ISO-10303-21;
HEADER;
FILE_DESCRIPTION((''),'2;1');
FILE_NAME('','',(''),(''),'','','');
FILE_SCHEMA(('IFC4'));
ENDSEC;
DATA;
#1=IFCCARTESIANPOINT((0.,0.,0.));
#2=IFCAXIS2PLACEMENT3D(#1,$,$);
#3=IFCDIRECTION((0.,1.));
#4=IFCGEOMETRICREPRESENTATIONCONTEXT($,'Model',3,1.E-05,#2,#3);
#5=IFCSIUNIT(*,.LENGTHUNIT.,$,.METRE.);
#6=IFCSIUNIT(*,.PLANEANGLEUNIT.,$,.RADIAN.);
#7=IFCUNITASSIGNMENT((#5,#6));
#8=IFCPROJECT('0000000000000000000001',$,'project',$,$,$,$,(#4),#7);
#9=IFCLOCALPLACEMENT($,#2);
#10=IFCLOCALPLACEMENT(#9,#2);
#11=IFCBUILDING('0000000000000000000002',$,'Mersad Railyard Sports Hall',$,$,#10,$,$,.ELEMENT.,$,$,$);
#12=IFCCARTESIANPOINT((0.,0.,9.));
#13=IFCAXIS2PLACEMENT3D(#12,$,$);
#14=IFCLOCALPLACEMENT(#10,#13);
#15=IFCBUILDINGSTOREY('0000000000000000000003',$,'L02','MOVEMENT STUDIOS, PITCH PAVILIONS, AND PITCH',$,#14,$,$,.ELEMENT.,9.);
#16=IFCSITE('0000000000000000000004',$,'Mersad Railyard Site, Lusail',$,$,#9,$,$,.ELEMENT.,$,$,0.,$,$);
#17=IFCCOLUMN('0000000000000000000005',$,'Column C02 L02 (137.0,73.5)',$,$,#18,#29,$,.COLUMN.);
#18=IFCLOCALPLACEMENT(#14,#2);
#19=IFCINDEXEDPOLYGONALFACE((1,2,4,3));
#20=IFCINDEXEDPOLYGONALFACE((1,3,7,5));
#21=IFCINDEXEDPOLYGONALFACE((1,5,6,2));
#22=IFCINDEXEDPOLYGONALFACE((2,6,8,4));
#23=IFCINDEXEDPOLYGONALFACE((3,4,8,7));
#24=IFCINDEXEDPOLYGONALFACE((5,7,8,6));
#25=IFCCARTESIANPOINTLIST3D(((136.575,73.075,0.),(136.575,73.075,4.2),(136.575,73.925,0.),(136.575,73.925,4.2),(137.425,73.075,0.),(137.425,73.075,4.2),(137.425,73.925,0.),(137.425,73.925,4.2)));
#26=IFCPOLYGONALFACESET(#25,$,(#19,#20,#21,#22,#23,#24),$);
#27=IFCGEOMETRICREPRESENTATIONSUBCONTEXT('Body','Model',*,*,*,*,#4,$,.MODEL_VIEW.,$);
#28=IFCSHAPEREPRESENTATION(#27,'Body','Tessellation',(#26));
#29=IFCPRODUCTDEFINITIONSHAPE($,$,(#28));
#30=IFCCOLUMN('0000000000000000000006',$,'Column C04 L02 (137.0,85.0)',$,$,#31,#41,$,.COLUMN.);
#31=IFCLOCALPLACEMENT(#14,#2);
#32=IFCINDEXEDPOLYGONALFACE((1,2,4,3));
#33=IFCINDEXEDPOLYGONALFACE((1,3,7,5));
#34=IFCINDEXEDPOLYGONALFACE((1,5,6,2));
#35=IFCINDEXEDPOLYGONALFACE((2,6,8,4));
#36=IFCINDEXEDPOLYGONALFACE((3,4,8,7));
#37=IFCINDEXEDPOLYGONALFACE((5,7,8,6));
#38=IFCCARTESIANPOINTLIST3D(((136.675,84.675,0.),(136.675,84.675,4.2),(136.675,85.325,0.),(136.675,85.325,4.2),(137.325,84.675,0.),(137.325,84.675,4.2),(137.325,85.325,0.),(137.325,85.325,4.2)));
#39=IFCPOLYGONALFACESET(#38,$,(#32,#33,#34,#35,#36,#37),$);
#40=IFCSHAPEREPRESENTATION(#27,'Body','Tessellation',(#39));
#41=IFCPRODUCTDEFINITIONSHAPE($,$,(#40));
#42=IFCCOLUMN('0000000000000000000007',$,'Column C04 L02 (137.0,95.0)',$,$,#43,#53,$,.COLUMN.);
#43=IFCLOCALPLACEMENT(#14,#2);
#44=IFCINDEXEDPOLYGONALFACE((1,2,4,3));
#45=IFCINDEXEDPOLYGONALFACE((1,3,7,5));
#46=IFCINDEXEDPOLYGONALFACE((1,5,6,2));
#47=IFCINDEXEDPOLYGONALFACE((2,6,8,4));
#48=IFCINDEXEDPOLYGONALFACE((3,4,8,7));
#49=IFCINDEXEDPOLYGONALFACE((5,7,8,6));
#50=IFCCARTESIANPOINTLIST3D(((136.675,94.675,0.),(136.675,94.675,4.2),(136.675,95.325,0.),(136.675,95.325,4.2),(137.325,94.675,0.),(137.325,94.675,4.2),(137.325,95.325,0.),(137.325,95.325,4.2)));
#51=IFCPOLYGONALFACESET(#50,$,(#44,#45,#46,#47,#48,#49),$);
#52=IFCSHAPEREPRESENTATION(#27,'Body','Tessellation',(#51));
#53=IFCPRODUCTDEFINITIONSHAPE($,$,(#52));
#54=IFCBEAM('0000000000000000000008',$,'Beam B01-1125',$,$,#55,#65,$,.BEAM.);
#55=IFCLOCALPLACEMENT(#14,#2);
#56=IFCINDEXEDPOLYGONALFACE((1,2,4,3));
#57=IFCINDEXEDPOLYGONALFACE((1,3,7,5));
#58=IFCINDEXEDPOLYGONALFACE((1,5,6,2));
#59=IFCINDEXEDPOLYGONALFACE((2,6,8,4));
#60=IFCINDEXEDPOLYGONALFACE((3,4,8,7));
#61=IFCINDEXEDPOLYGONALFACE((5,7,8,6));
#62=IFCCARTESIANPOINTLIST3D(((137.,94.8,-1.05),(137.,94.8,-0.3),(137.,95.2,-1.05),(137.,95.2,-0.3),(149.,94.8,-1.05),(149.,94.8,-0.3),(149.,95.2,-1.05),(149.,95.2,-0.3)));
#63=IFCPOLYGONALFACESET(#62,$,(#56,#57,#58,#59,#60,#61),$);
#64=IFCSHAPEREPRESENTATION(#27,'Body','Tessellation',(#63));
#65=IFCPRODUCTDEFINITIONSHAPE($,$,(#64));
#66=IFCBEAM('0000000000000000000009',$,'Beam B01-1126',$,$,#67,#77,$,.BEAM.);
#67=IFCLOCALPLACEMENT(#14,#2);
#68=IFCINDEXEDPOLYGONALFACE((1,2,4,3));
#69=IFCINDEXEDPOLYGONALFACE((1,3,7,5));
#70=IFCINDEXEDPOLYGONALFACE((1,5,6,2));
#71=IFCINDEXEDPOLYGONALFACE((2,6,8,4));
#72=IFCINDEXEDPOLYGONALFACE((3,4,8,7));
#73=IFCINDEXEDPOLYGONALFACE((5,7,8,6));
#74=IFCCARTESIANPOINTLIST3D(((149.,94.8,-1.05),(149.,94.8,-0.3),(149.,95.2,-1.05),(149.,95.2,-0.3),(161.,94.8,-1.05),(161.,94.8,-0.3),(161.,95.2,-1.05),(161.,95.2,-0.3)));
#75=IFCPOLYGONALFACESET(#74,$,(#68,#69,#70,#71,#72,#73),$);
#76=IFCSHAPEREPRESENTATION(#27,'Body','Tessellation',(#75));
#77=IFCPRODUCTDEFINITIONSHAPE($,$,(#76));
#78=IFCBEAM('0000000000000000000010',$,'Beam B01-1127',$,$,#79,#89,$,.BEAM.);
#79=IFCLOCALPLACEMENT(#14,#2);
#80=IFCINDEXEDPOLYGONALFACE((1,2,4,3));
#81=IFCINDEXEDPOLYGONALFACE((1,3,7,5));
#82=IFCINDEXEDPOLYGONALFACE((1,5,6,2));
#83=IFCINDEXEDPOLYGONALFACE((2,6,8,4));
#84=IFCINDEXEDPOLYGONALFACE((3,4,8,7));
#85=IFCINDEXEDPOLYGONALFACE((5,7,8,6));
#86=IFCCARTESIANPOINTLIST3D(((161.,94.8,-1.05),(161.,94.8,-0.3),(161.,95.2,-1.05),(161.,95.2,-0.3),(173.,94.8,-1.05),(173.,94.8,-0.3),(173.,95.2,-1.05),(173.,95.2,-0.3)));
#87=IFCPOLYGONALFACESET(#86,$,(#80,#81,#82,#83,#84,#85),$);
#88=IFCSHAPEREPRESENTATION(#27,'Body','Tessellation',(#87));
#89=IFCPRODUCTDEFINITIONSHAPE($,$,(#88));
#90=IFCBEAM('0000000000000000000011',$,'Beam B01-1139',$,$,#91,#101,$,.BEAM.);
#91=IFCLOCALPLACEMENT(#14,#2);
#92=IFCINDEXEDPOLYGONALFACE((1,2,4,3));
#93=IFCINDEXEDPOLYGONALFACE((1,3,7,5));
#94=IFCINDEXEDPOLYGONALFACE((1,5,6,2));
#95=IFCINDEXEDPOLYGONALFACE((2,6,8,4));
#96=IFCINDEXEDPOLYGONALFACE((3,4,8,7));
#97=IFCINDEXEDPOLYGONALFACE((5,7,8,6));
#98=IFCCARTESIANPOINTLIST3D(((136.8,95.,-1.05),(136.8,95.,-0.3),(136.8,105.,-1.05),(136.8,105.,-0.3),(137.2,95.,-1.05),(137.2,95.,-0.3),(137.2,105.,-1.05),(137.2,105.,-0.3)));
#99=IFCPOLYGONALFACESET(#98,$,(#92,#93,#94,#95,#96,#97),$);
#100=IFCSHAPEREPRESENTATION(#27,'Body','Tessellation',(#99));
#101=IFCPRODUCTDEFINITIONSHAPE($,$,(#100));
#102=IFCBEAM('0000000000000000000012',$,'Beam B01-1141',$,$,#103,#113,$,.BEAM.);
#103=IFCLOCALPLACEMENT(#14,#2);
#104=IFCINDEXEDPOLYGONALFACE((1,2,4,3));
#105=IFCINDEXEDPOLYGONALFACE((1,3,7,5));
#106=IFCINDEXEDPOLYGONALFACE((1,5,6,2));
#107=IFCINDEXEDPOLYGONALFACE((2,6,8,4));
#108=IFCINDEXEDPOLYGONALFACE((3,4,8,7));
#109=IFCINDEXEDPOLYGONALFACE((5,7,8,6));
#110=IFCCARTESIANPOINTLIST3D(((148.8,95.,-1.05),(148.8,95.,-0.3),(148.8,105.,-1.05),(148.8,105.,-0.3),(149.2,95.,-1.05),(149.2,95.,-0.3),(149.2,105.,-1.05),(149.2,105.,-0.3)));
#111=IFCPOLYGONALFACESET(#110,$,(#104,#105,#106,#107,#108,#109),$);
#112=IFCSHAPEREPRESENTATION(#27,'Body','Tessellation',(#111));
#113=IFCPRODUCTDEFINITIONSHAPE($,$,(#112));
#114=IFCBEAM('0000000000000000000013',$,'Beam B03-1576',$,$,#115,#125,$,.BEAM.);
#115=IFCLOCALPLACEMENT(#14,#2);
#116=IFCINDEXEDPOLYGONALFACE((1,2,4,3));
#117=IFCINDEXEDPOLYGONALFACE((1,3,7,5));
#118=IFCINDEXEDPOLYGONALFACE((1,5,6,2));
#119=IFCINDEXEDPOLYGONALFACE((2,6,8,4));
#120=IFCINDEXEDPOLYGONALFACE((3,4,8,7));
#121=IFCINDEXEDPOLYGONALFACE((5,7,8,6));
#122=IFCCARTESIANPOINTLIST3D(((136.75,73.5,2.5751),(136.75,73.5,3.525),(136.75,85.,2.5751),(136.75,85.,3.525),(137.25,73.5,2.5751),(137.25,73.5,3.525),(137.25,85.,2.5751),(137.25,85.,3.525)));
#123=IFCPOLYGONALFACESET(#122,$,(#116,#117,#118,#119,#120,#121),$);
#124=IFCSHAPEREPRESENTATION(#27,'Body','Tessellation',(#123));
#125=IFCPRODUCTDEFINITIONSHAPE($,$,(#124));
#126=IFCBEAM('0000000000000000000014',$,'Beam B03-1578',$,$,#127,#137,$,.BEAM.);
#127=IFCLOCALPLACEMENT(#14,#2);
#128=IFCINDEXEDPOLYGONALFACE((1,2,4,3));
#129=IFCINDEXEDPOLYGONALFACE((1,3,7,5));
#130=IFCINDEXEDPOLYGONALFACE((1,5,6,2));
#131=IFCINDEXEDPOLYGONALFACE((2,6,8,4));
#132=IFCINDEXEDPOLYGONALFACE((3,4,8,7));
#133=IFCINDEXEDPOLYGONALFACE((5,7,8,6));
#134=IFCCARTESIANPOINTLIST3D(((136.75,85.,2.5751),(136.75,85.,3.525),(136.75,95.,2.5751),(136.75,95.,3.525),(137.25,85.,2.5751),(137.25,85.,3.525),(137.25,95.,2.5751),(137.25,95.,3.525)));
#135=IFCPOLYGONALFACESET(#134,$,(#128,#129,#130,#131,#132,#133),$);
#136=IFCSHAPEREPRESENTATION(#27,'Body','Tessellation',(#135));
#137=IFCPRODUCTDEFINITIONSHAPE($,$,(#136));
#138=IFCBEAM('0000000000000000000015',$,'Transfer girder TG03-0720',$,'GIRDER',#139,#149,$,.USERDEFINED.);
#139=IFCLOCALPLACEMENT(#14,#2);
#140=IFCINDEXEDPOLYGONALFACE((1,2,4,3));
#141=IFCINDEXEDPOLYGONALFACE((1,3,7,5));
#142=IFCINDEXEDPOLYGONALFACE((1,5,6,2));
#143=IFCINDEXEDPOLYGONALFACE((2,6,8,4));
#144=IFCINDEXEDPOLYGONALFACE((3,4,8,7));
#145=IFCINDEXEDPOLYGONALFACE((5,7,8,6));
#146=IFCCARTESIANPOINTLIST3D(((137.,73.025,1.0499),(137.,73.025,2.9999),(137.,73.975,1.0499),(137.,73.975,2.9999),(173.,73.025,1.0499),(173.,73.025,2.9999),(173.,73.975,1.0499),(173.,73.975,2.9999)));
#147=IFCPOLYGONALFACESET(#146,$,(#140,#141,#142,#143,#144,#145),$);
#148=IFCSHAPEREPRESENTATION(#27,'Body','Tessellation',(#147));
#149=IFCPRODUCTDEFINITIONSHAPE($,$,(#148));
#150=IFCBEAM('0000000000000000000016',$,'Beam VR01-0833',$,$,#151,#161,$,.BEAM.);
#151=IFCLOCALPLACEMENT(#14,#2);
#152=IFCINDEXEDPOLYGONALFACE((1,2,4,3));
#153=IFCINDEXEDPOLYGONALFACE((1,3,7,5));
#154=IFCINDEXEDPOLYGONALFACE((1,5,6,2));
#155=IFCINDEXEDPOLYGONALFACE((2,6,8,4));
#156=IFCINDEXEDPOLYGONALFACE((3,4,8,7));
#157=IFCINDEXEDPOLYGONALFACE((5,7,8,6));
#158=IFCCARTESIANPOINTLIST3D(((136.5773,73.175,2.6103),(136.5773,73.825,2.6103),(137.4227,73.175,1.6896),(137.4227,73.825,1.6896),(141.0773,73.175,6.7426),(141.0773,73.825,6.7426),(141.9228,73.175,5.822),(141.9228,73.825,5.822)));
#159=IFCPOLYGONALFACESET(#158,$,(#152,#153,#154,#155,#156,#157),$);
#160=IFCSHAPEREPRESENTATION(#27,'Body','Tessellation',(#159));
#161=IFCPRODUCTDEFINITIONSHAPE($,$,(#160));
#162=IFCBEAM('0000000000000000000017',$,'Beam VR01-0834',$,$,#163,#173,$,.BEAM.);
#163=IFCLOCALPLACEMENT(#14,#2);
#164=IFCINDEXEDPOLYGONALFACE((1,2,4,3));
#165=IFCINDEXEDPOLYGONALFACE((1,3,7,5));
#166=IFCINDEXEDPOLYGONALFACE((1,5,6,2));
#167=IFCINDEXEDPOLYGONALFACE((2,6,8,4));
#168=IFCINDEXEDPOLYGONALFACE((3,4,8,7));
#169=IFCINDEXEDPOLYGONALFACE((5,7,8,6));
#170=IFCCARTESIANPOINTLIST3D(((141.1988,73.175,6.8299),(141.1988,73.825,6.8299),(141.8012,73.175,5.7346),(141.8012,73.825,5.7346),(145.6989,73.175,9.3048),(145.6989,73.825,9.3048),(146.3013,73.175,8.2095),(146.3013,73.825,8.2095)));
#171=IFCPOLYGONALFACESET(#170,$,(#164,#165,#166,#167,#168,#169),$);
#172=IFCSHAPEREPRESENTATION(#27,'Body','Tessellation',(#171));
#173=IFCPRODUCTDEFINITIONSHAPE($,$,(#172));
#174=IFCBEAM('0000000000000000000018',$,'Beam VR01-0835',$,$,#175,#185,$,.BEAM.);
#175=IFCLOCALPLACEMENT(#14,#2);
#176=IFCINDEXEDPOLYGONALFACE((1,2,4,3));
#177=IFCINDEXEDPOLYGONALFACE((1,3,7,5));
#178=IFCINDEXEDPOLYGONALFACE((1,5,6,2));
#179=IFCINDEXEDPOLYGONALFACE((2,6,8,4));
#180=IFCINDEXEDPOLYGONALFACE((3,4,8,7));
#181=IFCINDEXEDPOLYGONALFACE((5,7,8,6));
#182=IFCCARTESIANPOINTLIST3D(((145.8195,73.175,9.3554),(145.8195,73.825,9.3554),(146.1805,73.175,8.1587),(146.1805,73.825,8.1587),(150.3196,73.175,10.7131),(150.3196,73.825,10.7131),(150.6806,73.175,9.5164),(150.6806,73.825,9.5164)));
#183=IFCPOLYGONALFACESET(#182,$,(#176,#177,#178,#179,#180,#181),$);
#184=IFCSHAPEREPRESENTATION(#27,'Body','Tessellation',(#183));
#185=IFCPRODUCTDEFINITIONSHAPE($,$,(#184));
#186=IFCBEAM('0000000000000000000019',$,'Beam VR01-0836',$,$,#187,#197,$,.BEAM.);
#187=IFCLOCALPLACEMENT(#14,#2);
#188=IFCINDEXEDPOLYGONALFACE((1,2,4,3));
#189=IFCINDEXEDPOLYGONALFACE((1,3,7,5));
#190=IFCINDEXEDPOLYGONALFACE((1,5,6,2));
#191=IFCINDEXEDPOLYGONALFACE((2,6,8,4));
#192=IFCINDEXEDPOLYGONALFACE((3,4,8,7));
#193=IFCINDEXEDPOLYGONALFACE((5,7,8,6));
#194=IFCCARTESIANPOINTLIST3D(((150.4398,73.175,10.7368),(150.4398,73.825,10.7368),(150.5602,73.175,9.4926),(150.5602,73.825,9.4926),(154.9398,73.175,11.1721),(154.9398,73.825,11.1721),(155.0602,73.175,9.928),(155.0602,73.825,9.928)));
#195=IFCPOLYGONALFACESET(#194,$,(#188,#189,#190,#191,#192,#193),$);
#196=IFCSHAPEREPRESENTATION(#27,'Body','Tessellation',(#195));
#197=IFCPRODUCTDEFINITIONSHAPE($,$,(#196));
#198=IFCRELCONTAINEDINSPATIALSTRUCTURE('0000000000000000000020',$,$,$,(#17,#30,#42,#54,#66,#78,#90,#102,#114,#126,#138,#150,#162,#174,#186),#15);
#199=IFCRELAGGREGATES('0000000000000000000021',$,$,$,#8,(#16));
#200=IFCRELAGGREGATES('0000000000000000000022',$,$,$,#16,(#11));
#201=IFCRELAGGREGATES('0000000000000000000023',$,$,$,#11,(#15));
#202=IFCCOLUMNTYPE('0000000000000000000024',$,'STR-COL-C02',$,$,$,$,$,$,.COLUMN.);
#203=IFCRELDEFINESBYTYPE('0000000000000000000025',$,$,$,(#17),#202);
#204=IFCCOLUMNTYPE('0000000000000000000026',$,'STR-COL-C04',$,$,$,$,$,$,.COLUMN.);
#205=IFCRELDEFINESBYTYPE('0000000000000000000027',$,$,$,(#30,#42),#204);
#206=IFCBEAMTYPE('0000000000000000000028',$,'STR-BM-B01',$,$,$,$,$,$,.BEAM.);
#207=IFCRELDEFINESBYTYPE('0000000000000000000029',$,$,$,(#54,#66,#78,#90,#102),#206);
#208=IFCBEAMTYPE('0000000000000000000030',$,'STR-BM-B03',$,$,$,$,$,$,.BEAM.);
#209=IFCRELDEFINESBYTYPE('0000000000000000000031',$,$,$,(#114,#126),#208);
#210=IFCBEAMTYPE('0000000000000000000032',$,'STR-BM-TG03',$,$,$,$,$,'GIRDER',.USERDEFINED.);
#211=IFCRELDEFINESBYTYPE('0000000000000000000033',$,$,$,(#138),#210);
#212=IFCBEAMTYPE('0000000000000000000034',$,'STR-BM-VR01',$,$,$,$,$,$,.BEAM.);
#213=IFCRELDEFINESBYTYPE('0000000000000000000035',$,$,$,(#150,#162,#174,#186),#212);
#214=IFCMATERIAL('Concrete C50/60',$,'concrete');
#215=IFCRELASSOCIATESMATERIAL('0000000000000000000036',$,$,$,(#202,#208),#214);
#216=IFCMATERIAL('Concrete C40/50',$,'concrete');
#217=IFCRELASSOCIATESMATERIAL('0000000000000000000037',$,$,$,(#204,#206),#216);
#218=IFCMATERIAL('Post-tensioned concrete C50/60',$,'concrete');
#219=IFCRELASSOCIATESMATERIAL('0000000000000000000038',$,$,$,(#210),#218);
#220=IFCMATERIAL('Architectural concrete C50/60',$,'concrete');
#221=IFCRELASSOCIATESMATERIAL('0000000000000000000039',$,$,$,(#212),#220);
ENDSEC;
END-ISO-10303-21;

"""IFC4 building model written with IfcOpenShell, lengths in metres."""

from ifc_helpers import new_model, si_unit, direction, frame, origin, origin_2d, place, context, subcontext, project, spatial, rectangle, extrude, material, material_profile, profile_set, type_object, element, save


model = new_model("IFC4")

# Units and contexts
model_context = context("Model", 3, precision=1e-05, world=origin(), true_north=direction((0.0, 1.0)))
body_context = subcontext(model_context, "Body", "Model", "MODEL_VIEW")
ifc_project = project(units=[si_unit("LENGTHUNIT", "METRE"), si_unit("PLANEANGLEUNIT", "RADIAN")], contexts=[model_context])

# Site, building, storey
site_placement = place(None, origin())
site = spatial("IfcSite", under=ifc_project, at=site_placement, Name="Mersad Railyard Site, Lusail", CompositionType="ELEMENT", RefElevation=0.0)
building_placement = place(site_placement, origin())
building = spatial("IfcBuilding", under=site, at=building_placement, Name="Mersad Railyard Sports Hall", CompositionType="ELEMENT")
storey_placement = place(building_placement, frame((0.0, 0.0, 9.0)))
storey = spatial("IfcBuildingStorey", under=building, at=storey_placement, Name="L02", Description="MOVEMENT STUDIOS, PITCH PAVILIONS, AND PITCH", CompositionType="ELEMENT", Elevation=9.0)

# Columns
ifc_material_1 = material(Name="Concrete C50/60", Category="concrete")
ifc_material_profile_1 = material_profile(ifc_material_1, rectangle(XDim=0.8501, YDim=0.8501, at=origin_2d()), Name="RC 850x850")
ifc_profile_set_1 = profile_set([ifc_material_profile_1], Name="Concrete C50/60")
column_type_1 = type_object("IfcColumnType", Name="STR-COL-C02", PredefinedType="COLUMN", material=ifc_profile_set_1)
column_placement = place(storey_placement, frame((137.0, 73.5, 0.0), z_axis=(0.0, 0.0, 1.0), x_axis=(1.0, 0.0, 0.0)))
element("IfcColumn", 1, at=column_placement, inside=storey, type_object=column_type_1, Name="Column C02 L02 (137.0,73.5)", PredefinedType="COLUMN", context=body_context, shape_type="SweptSolid", body=[
    extrude(rectangle(XDim=0.8501, YDim=0.8501, at=origin_2d()), origin(), (0.0, 0.0, 1.0), 4.2),
])
ifc_material_2 = material(Name="Concrete C40/50", Category="concrete")
ifc_material_profile_2 = material_profile(ifc_material_2, rectangle(XDim=0.6499, YDim=0.6499, at=origin_2d()), Name="RC 650x650")
ifc_profile_set_2 = profile_set([ifc_material_profile_2], Name="Concrete C40/50")
column_type_2 = type_object("IfcColumnType", Name="STR-COL-C04", PredefinedType="COLUMN", material=ifc_profile_set_2)
for number, where, z_axis, x_axis, name in (
    (2, (137.0, 85.0, 0.0), (0.0, 0.0, 1.0), (1.0, 0.0, 0.0), "Column C04 L02 (137.0,85.0)"),
    (3, (137.0, 95.0, 0.0), (0.0, 0.0, 1.0), (1.0, 0.0, 0.0), "Column C04 L02 (137.0,95.0)"),
):
    element("IfcColumn", number, at=place(storey_placement, frame(where, z_axis=z_axis, x_axis=x_axis)), inside=storey, type_object=column_type_2, Name=name, PredefinedType="COLUMN", context=body_context, shape_type="SweptSolid", body=[
        extrude(rectangle(XDim=0.6499, YDim=0.6499, at=origin_2d()), origin(), (0.0, 0.0, 1.0), 4.2),
    ])

# Beams
ifc_material_profile_3 = material_profile(ifc_material_2, rectangle(XDim=0.3999, YDim=0.75, at=origin_2d()), Name="RC 400x750")
ifc_profile_set_3 = profile_set([ifc_material_profile_3], Name="Concrete C40/50")
beam_type_1 = type_object("IfcBeamType", Name="STR-BM-B01", PredefinedType="BEAM", material=ifc_profile_set_3)
for number, where, z_axis, x_axis, name in (
    (4, (137.0, 95.0, -0.675), (1.0, 0.0, 0.0), (0.0, 1.0, 0.0), "Beam B01-1125"),
    (5, (149.0, 95.0, -0.675), (1.0, 0.0, 0.0), (0.0, 1.0, 0.0), "Beam B01-1126"),
    (6, (161.0, 95.0, -0.675), (1.0, 0.0, 0.0), (0.0, 1.0, 0.0), "Beam B01-1127"),
):
    element("IfcBeam", number, at=place(storey_placement, frame(where, z_axis=z_axis, x_axis=x_axis)), inside=storey, type_object=beam_type_1, Name=name, PredefinedType="BEAM", context=body_context, shape_type="SweptSolid", body=[
        extrude(rectangle(XDim=0.3999, YDim=0.75, at=origin_2d()), origin(), (0.0, 0.0, 1.0), 12.0),
    ])
for number, where, z_axis, x_axis, name in (
    (7, (137.0, 95.0, -0.675), (0.0, 1.0, 0.0), (-1.0, 0.0, 0.0), "Beam B01-1139"),
    (8, (149.0, 95.0, -0.675), (0.0, 1.0, 0.0), (-1.0, 0.0, 0.0), "Beam B01-1141"),
):
    element("IfcBeam", number, at=place(storey_placement, frame(where, z_axis=z_axis, x_axis=x_axis)), inside=storey, type_object=beam_type_1, Name=name, PredefinedType="BEAM", context=body_context, shape_type="SweptSolid", body=[
        extrude(rectangle(XDim=0.3999, YDim=0.75, at=origin_2d()), origin(), (0.0, 0.0, 1.0), 10.0),
    ])
ifc_material_profile_4 = material_profile(ifc_material_1, rectangle(XDim=0.5, YDim=0.95, at=origin_2d()), Name="RC 500x950")
ifc_profile_set_4 = profile_set([ifc_material_profile_4], Name="Concrete C50/60")
beam_type_2 = type_object("IfcBeamType", Name="STR-BM-B03", PredefinedType="BEAM", material=ifc_profile_set_4)
beam_1_placement = place(storey_placement, frame((137.0, 73.5, 3.05), z_axis=(0.0, 1.0, 0.0), x_axis=(-1.0, 0.0, 0.0)))
element("IfcBeam", 9, at=beam_1_placement, inside=storey, type_object=beam_type_2, Name="Beam B03-1576", PredefinedType="BEAM", context=body_context, shape_type="SweptSolid", body=[
    extrude(rectangle(XDim=0.5, YDim=0.95, at=origin_2d()), origin(), (0.0, 0.0, 1.0), 11.5),
])
beam_2_placement = place(storey_placement, frame((137.0, 85.0, 3.05), z_axis=(0.0, 1.0, 0.0), x_axis=(-1.0, 0.0, 0.0)))
element("IfcBeam", 10, at=beam_2_placement, inside=storey, type_object=beam_type_2, Name="Beam B03-1578", PredefinedType="BEAM", context=body_context, shape_type="SweptSolid", body=[
    extrude(rectangle(XDim=0.5, YDim=0.95, at=origin_2d()), origin(), (0.0, 0.0, 1.0), 10.0),
])
ifc_material_3 = material(Name="Post-tensioned concrete C50/60", Category="concrete")
ifc_material_profile_5 = material_profile(ifc_material_3, rectangle(XDim=0.95, YDim=1.95, at=origin_2d()), Name="PT 950x1950")
ifc_profile_set_5 = profile_set([ifc_material_profile_5], Name="Post-tensioned concrete C50/60")
beam_type_3 = type_object("IfcBeamType", Name="STR-BM-TG03", ElementType="GIRDER", PredefinedType="USERDEFINED", material=ifc_profile_set_5)
beam_3_placement = place(storey_placement, frame((137.0, 73.5, 2.0249), z_axis=(1.0, 0.0, 0.0), x_axis=(0.0, 1.0, 0.0)))
element("IfcBeam", 11, at=beam_3_placement, inside=storey, type_object=beam_type_3, Name="Transfer girder TG03-0720", ObjectType="GIRDER", PredefinedType="USERDEFINED", context=body_context, shape_type="SweptSolid", body=[
    extrude(rectangle(XDim=0.95, YDim=1.95, at=origin_2d()), origin(), (0.0, 0.0, 1.0), 36.0),
])
ifc_material_4 = material(Name="Architectural concrete C50/60", Category="concrete")
ifc_material_profile_6 = material_profile(ifc_material_4, rectangle(XDim=0.6499, YDim=1.25, at=origin_2d()), Name="VR 650x1250")
ifc_profile_set_6 = profile_set([ifc_material_profile_6], Name="Architectural concrete C50/60")
beam_type_4 = type_object("IfcBeamType", Name="STR-BM-VR01", PredefinedType="BEAM", material=ifc_profile_set_6)
beam_4_placement = place(storey_placement, frame((137.0, 73.5, 2.1499), z_axis=(0.736557, 0.0, 0.676376), x_axis=(0.0, 1.0, 0.0)))
element("IfcBeam", 12, at=beam_4_placement, inside=storey, type_object=beam_type_4, Name="Beam VR01-0833", PredefinedType="BEAM", context=body_context, shape_type="SweptSolid", body=[
    extrude(rectangle(XDim=0.6499, YDim=1.25, at=origin_2d()), origin(), (0.0, 0.0, 1.0), 6.1096),
])
beam_5_placement = place(storey_placement, frame((141.5, 73.5, 6.2822), z_axis=(0.876228, 0.0, 0.481897), x_axis=(0.0, 1.0, 0.0)))
element("IfcBeam", 13, at=beam_5_placement, inside=storey, type_object=beam_type_4, Name="Beam VR01-0834", PredefinedType="BEAM", context=body_context, shape_type="SweptSolid", body=[
    extrude(rectangle(XDim=0.6499, YDim=1.25, at=origin_2d()), origin(), (0.0, 0.0, 1.0), 5.1357),
])
beam_6_placement = place(storey_placement, frame((146.0, 73.5, 8.7571), z_axis=(0.957376, 0.0, 0.288844), x_axis=(0.0, 1.0, 0.0)))
element("IfcBeam", 14, at=beam_6_placement, inside=storey, type_object=beam_type_4, Name="Beam VR01-0835", PredefinedType="BEAM", context=body_context, shape_type="SweptSolid", body=[
    extrude(rectangle(XDim=0.6499, YDim=1.25, at=origin_2d()), origin(), (0.0, 0.0, 1.0), 4.7004),
])
for number, where, z_axis, x_axis, name in (
    (15, (150.5, 73.5, 10.1147), (0.995354, 0.0, 0.096285), (0.0, 1.0, 0.0), "Beam VR01-0836"),
):
    element("IfcBeam", number, at=place(storey_placement, frame(where, z_axis=z_axis, x_axis=x_axis)), inside=storey, type_object=beam_type_4, Name=name, PredefinedType="BEAM", context=body_context, shape_type="SweptSolid", body=[
        extrude(rectangle(XDim=0.6499, YDim=1.25, at=origin_2d()), origin(), (0.0, 0.0, 1.0), 4.521),
    ])

save(model, "model.ifc")
